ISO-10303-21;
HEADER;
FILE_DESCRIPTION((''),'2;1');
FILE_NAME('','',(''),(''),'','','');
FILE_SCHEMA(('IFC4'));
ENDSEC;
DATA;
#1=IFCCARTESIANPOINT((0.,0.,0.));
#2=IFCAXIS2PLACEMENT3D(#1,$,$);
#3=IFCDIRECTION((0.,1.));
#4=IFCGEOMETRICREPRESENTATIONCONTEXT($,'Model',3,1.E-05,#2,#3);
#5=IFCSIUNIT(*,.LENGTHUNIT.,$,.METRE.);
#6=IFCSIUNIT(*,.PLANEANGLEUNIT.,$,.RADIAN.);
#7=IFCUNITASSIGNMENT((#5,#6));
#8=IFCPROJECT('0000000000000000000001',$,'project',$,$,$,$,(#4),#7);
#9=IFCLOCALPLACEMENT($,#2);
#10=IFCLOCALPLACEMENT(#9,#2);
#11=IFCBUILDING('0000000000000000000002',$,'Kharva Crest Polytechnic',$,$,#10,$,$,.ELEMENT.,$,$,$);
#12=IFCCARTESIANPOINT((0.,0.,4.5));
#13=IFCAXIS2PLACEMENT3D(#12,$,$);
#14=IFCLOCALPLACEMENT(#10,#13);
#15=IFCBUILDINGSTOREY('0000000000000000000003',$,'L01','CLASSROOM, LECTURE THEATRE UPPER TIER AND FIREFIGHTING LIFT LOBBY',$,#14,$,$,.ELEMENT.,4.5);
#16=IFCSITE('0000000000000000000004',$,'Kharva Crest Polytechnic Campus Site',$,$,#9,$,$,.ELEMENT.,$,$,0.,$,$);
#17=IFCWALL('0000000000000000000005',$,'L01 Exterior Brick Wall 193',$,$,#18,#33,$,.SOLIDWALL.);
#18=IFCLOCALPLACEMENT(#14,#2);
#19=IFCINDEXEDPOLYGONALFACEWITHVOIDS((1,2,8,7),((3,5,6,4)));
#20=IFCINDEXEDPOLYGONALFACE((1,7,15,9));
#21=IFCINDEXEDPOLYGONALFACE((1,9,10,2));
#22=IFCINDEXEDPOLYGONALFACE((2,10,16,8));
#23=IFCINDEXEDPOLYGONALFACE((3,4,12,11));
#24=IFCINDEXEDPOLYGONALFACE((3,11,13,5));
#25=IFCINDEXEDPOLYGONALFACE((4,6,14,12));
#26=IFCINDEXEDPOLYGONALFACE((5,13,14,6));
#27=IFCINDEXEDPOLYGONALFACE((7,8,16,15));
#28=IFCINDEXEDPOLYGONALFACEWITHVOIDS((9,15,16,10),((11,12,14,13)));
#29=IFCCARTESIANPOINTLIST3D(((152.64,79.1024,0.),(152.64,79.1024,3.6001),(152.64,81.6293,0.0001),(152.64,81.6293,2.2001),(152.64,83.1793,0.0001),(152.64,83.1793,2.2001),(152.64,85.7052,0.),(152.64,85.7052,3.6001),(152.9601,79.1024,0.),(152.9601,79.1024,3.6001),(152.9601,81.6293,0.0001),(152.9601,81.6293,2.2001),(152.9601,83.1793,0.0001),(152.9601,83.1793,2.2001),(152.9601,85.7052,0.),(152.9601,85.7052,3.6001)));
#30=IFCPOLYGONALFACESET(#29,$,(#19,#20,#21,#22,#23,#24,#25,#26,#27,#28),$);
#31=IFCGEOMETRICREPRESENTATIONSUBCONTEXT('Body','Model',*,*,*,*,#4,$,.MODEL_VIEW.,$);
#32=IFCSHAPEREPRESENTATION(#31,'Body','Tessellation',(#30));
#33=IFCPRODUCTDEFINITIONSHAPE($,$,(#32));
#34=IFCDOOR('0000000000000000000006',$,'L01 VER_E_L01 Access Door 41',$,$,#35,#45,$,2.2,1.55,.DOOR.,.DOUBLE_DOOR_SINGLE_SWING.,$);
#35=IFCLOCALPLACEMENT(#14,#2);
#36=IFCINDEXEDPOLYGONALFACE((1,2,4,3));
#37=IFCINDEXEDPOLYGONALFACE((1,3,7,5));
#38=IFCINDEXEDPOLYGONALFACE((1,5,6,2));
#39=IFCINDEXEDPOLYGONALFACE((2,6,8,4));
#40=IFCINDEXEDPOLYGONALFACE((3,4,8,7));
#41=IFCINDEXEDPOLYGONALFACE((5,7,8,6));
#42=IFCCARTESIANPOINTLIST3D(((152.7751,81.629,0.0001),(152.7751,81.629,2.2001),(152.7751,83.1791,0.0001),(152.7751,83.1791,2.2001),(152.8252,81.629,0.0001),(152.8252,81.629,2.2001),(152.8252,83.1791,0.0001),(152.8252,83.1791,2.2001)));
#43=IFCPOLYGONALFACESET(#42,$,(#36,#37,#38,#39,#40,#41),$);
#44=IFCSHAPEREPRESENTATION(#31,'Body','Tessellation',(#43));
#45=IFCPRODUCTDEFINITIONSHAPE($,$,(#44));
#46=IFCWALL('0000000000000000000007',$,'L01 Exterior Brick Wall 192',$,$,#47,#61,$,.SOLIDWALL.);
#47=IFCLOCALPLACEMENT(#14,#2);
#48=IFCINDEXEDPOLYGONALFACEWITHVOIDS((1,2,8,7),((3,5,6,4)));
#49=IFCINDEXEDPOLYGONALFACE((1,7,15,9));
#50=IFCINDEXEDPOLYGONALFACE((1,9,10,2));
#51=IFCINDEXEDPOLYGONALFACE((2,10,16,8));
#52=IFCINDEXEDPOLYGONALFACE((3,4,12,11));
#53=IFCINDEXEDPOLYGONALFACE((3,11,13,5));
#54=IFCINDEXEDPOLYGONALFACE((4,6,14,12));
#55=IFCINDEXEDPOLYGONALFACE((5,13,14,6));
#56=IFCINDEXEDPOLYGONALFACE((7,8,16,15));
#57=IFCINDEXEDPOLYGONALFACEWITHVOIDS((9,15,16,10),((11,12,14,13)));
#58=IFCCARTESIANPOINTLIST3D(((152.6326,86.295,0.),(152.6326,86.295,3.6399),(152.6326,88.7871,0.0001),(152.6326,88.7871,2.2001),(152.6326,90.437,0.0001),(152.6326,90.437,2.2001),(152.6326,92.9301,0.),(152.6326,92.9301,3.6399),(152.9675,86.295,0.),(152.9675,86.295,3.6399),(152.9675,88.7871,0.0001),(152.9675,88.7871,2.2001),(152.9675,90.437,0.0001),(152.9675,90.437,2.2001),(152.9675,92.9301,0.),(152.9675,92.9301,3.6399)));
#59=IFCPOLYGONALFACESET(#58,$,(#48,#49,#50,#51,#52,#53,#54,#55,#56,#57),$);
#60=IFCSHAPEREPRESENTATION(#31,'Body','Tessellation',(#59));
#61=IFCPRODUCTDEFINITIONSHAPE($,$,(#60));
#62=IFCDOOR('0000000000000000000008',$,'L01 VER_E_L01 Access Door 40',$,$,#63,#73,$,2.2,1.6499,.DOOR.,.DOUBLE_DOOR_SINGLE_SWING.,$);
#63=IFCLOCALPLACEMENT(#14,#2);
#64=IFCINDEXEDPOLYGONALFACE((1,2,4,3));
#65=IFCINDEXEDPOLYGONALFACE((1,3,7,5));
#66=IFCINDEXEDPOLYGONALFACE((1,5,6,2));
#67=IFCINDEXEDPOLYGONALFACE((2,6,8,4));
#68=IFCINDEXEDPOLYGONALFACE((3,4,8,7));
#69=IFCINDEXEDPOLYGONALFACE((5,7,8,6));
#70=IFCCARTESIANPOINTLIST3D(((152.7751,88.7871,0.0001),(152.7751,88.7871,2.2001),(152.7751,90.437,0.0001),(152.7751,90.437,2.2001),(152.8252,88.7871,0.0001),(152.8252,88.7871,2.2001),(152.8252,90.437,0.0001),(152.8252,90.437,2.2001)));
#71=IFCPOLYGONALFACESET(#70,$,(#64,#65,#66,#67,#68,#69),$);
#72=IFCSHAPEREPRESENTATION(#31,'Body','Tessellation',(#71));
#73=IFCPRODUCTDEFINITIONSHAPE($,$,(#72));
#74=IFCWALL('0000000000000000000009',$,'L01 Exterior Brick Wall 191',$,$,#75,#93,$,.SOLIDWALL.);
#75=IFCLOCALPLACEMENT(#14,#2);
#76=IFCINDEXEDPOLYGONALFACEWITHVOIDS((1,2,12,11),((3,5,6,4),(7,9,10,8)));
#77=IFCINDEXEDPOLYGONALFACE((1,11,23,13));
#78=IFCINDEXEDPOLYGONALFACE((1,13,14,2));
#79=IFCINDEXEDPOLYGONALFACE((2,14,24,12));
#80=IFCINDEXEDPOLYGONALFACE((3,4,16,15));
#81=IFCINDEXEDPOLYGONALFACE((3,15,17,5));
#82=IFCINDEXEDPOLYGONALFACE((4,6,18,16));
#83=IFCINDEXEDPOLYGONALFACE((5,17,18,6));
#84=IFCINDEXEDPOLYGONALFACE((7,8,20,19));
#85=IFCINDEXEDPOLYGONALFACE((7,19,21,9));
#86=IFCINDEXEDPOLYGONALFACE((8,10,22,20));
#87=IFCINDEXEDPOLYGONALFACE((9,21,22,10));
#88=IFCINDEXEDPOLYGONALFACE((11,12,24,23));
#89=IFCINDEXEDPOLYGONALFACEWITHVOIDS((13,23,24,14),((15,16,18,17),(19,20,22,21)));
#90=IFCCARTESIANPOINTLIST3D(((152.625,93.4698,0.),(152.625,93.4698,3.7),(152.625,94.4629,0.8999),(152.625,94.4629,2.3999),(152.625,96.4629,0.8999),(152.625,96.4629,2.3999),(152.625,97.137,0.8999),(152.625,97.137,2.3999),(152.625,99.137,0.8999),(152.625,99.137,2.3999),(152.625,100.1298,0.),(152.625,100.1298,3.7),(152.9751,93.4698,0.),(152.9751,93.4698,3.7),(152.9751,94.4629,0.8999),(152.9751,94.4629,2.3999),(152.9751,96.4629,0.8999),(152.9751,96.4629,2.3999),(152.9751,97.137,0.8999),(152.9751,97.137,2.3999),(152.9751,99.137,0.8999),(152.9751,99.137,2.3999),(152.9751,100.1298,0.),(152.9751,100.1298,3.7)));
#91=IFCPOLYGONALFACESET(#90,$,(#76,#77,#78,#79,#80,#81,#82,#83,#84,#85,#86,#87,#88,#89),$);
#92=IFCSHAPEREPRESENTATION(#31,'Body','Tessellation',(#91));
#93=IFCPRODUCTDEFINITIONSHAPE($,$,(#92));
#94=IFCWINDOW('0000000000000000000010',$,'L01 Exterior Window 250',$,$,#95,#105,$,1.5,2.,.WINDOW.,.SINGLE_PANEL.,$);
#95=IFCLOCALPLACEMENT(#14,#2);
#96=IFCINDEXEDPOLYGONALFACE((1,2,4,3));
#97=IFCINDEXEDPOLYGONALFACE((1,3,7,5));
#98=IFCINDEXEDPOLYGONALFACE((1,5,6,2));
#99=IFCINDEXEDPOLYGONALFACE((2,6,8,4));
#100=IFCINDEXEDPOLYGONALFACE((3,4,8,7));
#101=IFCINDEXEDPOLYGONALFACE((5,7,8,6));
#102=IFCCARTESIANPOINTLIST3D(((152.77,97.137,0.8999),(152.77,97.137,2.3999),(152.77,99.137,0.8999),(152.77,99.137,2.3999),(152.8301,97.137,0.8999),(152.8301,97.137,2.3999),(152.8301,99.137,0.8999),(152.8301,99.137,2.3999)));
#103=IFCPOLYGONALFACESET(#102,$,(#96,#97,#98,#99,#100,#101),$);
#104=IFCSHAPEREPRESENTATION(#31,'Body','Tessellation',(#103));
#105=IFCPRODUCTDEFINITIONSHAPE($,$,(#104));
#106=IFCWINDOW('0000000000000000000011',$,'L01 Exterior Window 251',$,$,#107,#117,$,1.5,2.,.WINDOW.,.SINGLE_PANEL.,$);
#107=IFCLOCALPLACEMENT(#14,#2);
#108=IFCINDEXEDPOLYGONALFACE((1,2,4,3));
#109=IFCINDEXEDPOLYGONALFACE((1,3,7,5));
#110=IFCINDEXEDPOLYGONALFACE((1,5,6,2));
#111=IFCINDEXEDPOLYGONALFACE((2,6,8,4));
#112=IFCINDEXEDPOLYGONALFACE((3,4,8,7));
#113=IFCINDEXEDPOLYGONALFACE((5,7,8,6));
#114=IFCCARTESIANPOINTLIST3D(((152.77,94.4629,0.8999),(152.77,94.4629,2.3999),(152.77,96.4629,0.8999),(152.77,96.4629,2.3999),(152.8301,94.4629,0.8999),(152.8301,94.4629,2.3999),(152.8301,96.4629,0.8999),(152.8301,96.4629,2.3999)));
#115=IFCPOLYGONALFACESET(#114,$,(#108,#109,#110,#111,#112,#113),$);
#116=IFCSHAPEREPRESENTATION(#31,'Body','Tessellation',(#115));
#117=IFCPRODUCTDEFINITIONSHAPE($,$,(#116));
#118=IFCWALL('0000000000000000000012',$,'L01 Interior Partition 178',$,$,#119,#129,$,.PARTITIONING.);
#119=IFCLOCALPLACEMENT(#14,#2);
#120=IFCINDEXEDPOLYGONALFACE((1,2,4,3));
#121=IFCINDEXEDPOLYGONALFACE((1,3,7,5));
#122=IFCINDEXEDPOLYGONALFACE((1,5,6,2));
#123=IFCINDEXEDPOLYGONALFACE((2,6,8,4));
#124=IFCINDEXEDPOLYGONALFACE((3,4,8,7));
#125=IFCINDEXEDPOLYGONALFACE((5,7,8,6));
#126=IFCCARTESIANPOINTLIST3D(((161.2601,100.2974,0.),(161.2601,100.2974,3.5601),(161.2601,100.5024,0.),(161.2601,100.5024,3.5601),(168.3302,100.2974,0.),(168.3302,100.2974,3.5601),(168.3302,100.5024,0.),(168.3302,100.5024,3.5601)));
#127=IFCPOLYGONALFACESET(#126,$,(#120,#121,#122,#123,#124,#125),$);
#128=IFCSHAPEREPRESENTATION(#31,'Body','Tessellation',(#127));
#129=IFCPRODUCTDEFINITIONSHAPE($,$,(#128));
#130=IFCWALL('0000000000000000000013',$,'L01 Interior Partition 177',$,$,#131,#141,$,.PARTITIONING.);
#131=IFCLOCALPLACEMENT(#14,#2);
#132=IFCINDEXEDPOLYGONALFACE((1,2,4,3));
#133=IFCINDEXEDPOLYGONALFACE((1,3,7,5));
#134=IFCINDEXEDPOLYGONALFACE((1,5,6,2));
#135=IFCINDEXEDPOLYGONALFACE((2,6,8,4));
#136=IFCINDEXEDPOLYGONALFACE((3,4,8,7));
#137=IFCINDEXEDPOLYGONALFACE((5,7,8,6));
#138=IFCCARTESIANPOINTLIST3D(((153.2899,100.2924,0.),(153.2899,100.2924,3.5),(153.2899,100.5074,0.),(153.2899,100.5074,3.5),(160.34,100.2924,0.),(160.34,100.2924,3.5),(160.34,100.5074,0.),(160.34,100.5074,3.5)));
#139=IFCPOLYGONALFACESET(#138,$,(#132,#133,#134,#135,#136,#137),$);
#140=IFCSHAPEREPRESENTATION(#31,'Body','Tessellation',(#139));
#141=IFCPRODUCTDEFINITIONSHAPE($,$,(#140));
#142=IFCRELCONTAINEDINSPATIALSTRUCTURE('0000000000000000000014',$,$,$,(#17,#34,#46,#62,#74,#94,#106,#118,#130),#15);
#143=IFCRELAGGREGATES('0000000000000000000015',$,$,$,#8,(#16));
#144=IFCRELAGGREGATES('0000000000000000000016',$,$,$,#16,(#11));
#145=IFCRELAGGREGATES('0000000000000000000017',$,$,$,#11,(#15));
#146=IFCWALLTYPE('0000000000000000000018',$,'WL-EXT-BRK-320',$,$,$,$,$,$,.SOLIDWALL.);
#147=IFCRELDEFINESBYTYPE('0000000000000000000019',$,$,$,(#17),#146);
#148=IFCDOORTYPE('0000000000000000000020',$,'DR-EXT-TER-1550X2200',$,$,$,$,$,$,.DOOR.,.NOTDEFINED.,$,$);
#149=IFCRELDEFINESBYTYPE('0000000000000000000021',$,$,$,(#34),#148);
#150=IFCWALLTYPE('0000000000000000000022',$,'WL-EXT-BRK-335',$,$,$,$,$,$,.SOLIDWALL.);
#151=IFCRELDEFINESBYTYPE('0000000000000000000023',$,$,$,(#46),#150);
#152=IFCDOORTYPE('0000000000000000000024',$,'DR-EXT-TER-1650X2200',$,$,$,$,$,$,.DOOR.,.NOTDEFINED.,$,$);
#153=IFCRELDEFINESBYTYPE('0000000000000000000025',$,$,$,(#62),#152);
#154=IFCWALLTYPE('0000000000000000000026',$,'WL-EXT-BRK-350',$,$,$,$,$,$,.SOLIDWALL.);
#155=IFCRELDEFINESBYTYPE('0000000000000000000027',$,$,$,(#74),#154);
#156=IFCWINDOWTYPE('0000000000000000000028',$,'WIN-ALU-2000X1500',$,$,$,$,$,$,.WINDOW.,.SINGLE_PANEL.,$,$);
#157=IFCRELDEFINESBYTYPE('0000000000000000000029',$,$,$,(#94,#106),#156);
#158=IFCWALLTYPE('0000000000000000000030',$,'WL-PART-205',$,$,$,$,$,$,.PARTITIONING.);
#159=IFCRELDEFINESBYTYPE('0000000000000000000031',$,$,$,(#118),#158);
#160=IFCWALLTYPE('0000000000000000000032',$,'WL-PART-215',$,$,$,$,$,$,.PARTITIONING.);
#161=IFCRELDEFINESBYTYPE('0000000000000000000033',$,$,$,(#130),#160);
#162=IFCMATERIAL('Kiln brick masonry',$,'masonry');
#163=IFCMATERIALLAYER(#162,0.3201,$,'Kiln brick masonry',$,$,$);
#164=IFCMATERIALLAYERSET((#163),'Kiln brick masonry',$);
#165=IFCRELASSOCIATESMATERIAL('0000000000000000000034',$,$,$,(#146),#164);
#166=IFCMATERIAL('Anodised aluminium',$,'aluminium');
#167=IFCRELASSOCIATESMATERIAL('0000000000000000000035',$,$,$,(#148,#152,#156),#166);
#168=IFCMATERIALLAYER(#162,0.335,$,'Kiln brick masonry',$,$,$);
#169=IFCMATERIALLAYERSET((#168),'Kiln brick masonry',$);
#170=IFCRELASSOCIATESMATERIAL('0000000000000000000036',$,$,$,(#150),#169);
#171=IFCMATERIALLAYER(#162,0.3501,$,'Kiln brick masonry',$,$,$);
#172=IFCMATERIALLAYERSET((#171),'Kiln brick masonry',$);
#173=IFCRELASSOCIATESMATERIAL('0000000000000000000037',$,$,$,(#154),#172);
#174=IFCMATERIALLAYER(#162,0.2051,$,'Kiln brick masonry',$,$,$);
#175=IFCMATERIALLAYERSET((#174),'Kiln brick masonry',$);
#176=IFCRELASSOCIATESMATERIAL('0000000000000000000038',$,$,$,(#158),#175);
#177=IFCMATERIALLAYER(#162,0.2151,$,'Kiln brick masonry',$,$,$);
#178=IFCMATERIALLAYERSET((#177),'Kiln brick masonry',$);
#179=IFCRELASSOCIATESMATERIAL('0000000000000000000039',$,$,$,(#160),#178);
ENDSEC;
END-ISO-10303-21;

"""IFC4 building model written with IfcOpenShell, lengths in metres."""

from ifc_helpers import new_model, si_unit, direction, frame, frame_2d, origin, place, context, subcontext, project, spatial, rectangle, extrude, material, layer, layer_set, type_object, element, fill, save


model = new_model("IFC4")

# Units and contexts
model_context = context("Model", 3, precision=1e-05, world=origin(), true_north=direction((0.0, 1.0)))
body_context = subcontext(model_context, "Body", "Model", "MODEL_VIEW")
ifc_project = project(units=[si_unit("LENGTHUNIT", "METRE"), si_unit("PLANEANGLEUNIT", "RADIAN")], contexts=[model_context])

# Site, building, storey
site_placement = place(None, origin())
site = spatial("IfcSite", under=ifc_project, at=site_placement, Name="Kharva Crest Polytechnic Campus Site", CompositionType="ELEMENT", RefElevation=0.0)
building_placement = place(site_placement, origin())
building = spatial("IfcBuilding", under=site, at=building_placement, Name="Kharva Crest Polytechnic", CompositionType="ELEMENT")
storey_placement = place(building_placement, frame((0.0, 0.0, 4.5)))
storey = spatial("IfcBuildingStorey", under=building, at=storey_placement, Name="L01", Description="CLASSROOM, LECTURE THEATRE UPPER TIER AND FIREFIGHTING LIFT LOBBY", CompositionType="ELEMENT", Elevation=4.5)

# Walls, openings, doors
ifc_material_1 = material(Name="Kiln brick masonry", Category="masonry")
ifc_layer_1 = layer(ifc_material_1, 0.3201, Name="Kiln brick masonry")
ifc_layer_set_1 = layer_set([ifc_layer_1], Name="Kiln brick masonry")
wall_type_1 = type_object("IfcWallType", Name="WL-EXT-BRK-320", PredefinedType="SOLIDWALL", material=ifc_layer_set_1)
wall_1_placement = place(storey_placement, frame((152.8, 85.7051, 0.0), z_axis=(0.0, 0.0, 1.0), x_axis=(0.0, -1.0, 0.0)))
wall_1 = element("IfcWall", 1, at=wall_1_placement, inside=storey, type_object=wall_type_1, Name="L01 Exterior Brick Wall 193", PredefinedType="SOLIDWALL", context=body_context, shape_type="SweptSolid", body=[
    extrude(rectangle(XDim=6.6028, YDim=0.3201, at=frame_2d((3.3013, 0.0))), origin(), (0.0, 0.0, 1.0), 3.6001),
])
opening_1_placement = place(wall_1_placement, frame((2.5259, 0.0, 0.0)))
opening_1 = element("IfcOpeningElement", 2, at=opening_1_placement, cuts=wall_1, PredefinedType="OPENING", context=body_context, shape_type="SweptSolid", body=[
    extrude(rectangle(XDim=1.55, YDim=2.2, at=frame_2d((0.7749, 1.1001))), frame((0.0, 0.1699, 0.0), z_axis=(0.0, -1.0, 0.0), x_axis=(1.0, 0.0, 0.0)), (0.0, 0.0, 1.0), 0.3401),
])
ifc_material_2 = material(Name="Anodised aluminium", Category="aluminium")
door_type_1 = type_object("IfcDoorType", Name="DR-EXT-TER-1550X2200", OperationType="NOTDEFINED", PredefinedType="DOOR", material=ifc_material_2)
door_1_placement = place(opening_1_placement, frame((1.55, 0.0, 0.0), z_axis=(0.0, 0.0, 1.0), x_axis=(-1.0, 0.0, 0.0)))
door_1 = element("IfcDoor", 3, at=door_1_placement, inside=storey, type_object=door_type_1, Name="L01 VER_E_L01 Access Door 41", OperationType="DOUBLE_DOOR_SINGLE_SWING", OverallHeight=2.2, OverallWidth=1.55, PredefinedType="DOOR", context=body_context, shape_type="SweptSolid", body=[
    extrude(rectangle(XDim=1.55, YDim=2.2, at=frame_2d((0.7749, 1.1001))), frame((0.0, 0.0249, 0.0), z_axis=(0.0, -1.0, 0.0), x_axis=(1.0, 0.0, 0.0)), (0.0, 0.0, 1.0), 0.05),
])
fill(opening_1, door_1)
ifc_layer_2 = layer(ifc_material_1, 0.335, Name="Kiln brick masonry")
ifc_layer_set_2 = layer_set([ifc_layer_2], Name="Kiln brick masonry")
wall_type_2 = type_object("IfcWallType", Name="WL-EXT-BRK-335", PredefinedType="SOLIDWALL", material=ifc_layer_set_2)
wall_2_placement = place(storey_placement, frame((152.8, 92.9299, 0.0), z_axis=(0.0, 0.0, 1.0), x_axis=(0.0, -1.0, 0.0)))
wall_2 = element("IfcWall", 4, at=wall_2_placement, inside=storey, type_object=wall_type_2, Name="L01 Exterior Brick Wall 192", PredefinedType="SOLIDWALL", context=body_context, shape_type="SweptSolid", body=[
    extrude(rectangle(XDim=6.635, YDim=0.335, at=frame_2d((3.3174, 0.0))), origin(), (0.0, 0.0, 1.0), 3.6399),
])
opening_2_placement = place(wall_2_placement, frame((2.4929, 0.0, 0.0)))
opening_2 = element("IfcOpeningElement", 5, at=opening_2_placement, cuts=wall_2, PredefinedType="OPENING", context=body_context, shape_type="SweptSolid", body=[
    extrude(rectangle(XDim=1.6499, YDim=2.2, at=frame_2d((0.825, 1.1001))), frame((0.0, 0.1775, 0.0), z_axis=(0.0, -1.0, 0.0), x_axis=(1.0, 0.0, 0.0)), (0.0, 0.0, 1.0), 0.355),
])
door_type_2 = type_object("IfcDoorType", Name="DR-EXT-TER-1650X2200", OperationType="NOTDEFINED", PredefinedType="DOOR", material=ifc_material_2)
door_2_placement = place(opening_2_placement, frame((1.6499, 0.0, 0.0), z_axis=(0.0, 0.0, 1.0), x_axis=(-1.0, 0.0, 0.0)))
door_2 = element("IfcDoor", 6, at=door_2_placement, inside=storey, type_object=door_type_2, Name="L01 VER_E_L01 Access Door 40", OperationType="DOUBLE_DOOR_SINGLE_SWING", OverallHeight=2.2, OverallWidth=1.6499, PredefinedType="DOOR", context=body_context, shape_type="SweptSolid", body=[
    extrude(rectangle(XDim=1.6499, YDim=2.2, at=frame_2d((0.825, 1.1001))), frame((0.0, 0.0249, 0.0), z_axis=(0.0, -1.0, 0.0), x_axis=(1.0, 0.0, 0.0)), (0.0, 0.0, 1.0), 0.05),
])
fill(opening_2, door_2)

# Wall, openings, windows
ifc_layer_3 = layer(ifc_material_1, 0.3501, Name="Kiln brick masonry")
ifc_layer_set_3 = layer_set([ifc_layer_3], Name="Kiln brick masonry")
wall_type_3 = type_object("IfcWallType", Name="WL-EXT-BRK-350", PredefinedType="SOLIDWALL", material=ifc_layer_set_3)
wall_3_placement = place(storey_placement, frame((152.8, 100.1299, 0.0), z_axis=(0.0, 0.0, 1.0), x_axis=(0.0, -1.0, 0.0)))
wall_3 = element("IfcWall", 7, at=wall_3_placement, inside=storey, type_object=wall_type_3, Name="L01 Exterior Brick Wall 191", PredefinedType="SOLIDWALL", context=body_context, shape_type="SweptSolid", body=[
    extrude(rectangle(XDim=6.6599, YDim=0.3501, at=frame_2d((3.3301, 0.0))), origin(), (0.0, 0.0, 1.0), 3.7),
])
opening_3_placement = place(wall_3_placement, frame((0.9929, 0.0, 0.8999)))
opening_3 = element("IfcOpeningElement", 8, at=opening_3_placement, cuts=wall_3, PredefinedType="OPENING", context=body_context, shape_type="SweptSolid", body=[
    extrude(rectangle(XDim=2.0, YDim=1.5, at=frame_2d((1.0, 0.75))), frame((0.0, 0.1851, 0.0), z_axis=(0.0, -1.0, 0.0), x_axis=(1.0, 0.0, 0.0)), (0.0, 0.0, 1.0), 0.3701),
])
opening_4_placement = place(wall_3_placement, frame((3.667, 0.0, 0.8999)))
opening_4 = element("IfcOpeningElement", 9, at=opening_4_placement, cuts=wall_3, PredefinedType="OPENING", context=body_context, shape_type="SweptSolid", body=[
    extrude(rectangle(XDim=2.0, YDim=1.5, at=frame_2d((1.0, 0.75))), frame((0.0, 0.1851, 0.0), z_axis=(0.0, -1.0, 0.0), x_axis=(1.0, 0.0, 0.0)), (0.0, 0.0, 1.0), 0.3701),
])
window_type = type_object("IfcWindowType", Name="WIN-ALU-2000X1500", PartitioningType="SINGLE_PANEL", PredefinedType="WINDOW", material=ifc_material_2)
window_1_placement = place(opening_3_placement, origin())
window_1 = element("IfcWindow", 10, at=window_1_placement, inside=storey, type_object=window_type, Name="L01 Exterior Window 250", OverallHeight=1.5, OverallWidth=2.0, PartitioningType="SINGLE_PANEL", PredefinedType="WINDOW", context=body_context, shape_type="SweptSolid", body=[
    extrude(rectangle(XDim=2.0, YDim=1.5, at=frame_2d((1.0, 0.75))), frame((0.0, 0.03, 0.0), z_axis=(0.0, -1.0, 0.0), x_axis=(1.0, 0.0, 0.0)), (0.0, 0.0, 1.0), 0.0601),
])
fill(opening_3, window_1)
window_2_placement = place(opening_4_placement, origin())
window_2 = element("IfcWindow", 11, at=window_2_placement, inside=storey, type_object=window_type, Name="L01 Exterior Window 251", OverallHeight=1.5, OverallWidth=2.0, PartitioningType="SINGLE_PANEL", PredefinedType="WINDOW", context=body_context, shape_type="SweptSolid", body=[
    extrude(rectangle(XDim=2.0, YDim=1.5, at=frame_2d((1.0, 0.75))), frame((0.0, 0.03, 0.0), z_axis=(0.0, -1.0, 0.0), x_axis=(1.0, 0.0, 0.0)), (0.0, 0.0, 1.0), 0.0601),
])
fill(opening_4, window_2)

# Walls
ifc_layer_4 = layer(ifc_material_1, 0.2051, Name="Kiln brick masonry")
ifc_layer_set_4 = layer_set([ifc_layer_4], Name="Kiln brick masonry")
wall_type_4 = type_object("IfcWallType", Name="WL-PART-205", PredefinedType="PARTITIONING", material=ifc_layer_set_4)
wall_4_placement = place(storey_placement, frame((161.26, 100.3999, 0.0), z_axis=(0.0, 0.0, 1.0), x_axis=(1.0, 0.0, 0.0)))
element("IfcWall", 12, at=wall_4_placement, inside=storey, type_object=wall_type_4, Name="L01 Interior Partition 178", PredefinedType="PARTITIONING", context=body_context, shape_type="SweptSolid", body=[
    extrude(rectangle(XDim=7.0701, YDim=0.2051, at=frame_2d((3.5352, 0.0))), origin(), (0.0, 0.0, 1.0), 3.5601),
])
ifc_layer_5 = layer(ifc_material_1, 0.2151, Name="Kiln brick masonry")
ifc_layer_set_5 = layer_set([ifc_layer_5], Name="Kiln brick masonry")
wall_type_5 = type_object("IfcWallType", Name="WL-PART-215", PredefinedType="PARTITIONING", material=ifc_layer_set_5)
wall_5_placement = place(storey_placement, frame((153.29, 100.3999, 0.0), z_axis=(0.0, 0.0, 1.0), x_axis=(1.0, 0.0, 0.0)))
element("IfcWall", 13, at=wall_5_placement, inside=storey, type_object=wall_type_5, Name="L01 Interior Partition 177", PredefinedType="PARTITIONING", context=body_context, shape_type="SweptSolid", body=[
    extrude(rectangle(XDim=7.05, YDim=0.2151, at=frame_2d((3.5249, 0.0))), origin(), (0.0, 0.0, 1.0), 3.5),
])

save(model, "model.ifc")
